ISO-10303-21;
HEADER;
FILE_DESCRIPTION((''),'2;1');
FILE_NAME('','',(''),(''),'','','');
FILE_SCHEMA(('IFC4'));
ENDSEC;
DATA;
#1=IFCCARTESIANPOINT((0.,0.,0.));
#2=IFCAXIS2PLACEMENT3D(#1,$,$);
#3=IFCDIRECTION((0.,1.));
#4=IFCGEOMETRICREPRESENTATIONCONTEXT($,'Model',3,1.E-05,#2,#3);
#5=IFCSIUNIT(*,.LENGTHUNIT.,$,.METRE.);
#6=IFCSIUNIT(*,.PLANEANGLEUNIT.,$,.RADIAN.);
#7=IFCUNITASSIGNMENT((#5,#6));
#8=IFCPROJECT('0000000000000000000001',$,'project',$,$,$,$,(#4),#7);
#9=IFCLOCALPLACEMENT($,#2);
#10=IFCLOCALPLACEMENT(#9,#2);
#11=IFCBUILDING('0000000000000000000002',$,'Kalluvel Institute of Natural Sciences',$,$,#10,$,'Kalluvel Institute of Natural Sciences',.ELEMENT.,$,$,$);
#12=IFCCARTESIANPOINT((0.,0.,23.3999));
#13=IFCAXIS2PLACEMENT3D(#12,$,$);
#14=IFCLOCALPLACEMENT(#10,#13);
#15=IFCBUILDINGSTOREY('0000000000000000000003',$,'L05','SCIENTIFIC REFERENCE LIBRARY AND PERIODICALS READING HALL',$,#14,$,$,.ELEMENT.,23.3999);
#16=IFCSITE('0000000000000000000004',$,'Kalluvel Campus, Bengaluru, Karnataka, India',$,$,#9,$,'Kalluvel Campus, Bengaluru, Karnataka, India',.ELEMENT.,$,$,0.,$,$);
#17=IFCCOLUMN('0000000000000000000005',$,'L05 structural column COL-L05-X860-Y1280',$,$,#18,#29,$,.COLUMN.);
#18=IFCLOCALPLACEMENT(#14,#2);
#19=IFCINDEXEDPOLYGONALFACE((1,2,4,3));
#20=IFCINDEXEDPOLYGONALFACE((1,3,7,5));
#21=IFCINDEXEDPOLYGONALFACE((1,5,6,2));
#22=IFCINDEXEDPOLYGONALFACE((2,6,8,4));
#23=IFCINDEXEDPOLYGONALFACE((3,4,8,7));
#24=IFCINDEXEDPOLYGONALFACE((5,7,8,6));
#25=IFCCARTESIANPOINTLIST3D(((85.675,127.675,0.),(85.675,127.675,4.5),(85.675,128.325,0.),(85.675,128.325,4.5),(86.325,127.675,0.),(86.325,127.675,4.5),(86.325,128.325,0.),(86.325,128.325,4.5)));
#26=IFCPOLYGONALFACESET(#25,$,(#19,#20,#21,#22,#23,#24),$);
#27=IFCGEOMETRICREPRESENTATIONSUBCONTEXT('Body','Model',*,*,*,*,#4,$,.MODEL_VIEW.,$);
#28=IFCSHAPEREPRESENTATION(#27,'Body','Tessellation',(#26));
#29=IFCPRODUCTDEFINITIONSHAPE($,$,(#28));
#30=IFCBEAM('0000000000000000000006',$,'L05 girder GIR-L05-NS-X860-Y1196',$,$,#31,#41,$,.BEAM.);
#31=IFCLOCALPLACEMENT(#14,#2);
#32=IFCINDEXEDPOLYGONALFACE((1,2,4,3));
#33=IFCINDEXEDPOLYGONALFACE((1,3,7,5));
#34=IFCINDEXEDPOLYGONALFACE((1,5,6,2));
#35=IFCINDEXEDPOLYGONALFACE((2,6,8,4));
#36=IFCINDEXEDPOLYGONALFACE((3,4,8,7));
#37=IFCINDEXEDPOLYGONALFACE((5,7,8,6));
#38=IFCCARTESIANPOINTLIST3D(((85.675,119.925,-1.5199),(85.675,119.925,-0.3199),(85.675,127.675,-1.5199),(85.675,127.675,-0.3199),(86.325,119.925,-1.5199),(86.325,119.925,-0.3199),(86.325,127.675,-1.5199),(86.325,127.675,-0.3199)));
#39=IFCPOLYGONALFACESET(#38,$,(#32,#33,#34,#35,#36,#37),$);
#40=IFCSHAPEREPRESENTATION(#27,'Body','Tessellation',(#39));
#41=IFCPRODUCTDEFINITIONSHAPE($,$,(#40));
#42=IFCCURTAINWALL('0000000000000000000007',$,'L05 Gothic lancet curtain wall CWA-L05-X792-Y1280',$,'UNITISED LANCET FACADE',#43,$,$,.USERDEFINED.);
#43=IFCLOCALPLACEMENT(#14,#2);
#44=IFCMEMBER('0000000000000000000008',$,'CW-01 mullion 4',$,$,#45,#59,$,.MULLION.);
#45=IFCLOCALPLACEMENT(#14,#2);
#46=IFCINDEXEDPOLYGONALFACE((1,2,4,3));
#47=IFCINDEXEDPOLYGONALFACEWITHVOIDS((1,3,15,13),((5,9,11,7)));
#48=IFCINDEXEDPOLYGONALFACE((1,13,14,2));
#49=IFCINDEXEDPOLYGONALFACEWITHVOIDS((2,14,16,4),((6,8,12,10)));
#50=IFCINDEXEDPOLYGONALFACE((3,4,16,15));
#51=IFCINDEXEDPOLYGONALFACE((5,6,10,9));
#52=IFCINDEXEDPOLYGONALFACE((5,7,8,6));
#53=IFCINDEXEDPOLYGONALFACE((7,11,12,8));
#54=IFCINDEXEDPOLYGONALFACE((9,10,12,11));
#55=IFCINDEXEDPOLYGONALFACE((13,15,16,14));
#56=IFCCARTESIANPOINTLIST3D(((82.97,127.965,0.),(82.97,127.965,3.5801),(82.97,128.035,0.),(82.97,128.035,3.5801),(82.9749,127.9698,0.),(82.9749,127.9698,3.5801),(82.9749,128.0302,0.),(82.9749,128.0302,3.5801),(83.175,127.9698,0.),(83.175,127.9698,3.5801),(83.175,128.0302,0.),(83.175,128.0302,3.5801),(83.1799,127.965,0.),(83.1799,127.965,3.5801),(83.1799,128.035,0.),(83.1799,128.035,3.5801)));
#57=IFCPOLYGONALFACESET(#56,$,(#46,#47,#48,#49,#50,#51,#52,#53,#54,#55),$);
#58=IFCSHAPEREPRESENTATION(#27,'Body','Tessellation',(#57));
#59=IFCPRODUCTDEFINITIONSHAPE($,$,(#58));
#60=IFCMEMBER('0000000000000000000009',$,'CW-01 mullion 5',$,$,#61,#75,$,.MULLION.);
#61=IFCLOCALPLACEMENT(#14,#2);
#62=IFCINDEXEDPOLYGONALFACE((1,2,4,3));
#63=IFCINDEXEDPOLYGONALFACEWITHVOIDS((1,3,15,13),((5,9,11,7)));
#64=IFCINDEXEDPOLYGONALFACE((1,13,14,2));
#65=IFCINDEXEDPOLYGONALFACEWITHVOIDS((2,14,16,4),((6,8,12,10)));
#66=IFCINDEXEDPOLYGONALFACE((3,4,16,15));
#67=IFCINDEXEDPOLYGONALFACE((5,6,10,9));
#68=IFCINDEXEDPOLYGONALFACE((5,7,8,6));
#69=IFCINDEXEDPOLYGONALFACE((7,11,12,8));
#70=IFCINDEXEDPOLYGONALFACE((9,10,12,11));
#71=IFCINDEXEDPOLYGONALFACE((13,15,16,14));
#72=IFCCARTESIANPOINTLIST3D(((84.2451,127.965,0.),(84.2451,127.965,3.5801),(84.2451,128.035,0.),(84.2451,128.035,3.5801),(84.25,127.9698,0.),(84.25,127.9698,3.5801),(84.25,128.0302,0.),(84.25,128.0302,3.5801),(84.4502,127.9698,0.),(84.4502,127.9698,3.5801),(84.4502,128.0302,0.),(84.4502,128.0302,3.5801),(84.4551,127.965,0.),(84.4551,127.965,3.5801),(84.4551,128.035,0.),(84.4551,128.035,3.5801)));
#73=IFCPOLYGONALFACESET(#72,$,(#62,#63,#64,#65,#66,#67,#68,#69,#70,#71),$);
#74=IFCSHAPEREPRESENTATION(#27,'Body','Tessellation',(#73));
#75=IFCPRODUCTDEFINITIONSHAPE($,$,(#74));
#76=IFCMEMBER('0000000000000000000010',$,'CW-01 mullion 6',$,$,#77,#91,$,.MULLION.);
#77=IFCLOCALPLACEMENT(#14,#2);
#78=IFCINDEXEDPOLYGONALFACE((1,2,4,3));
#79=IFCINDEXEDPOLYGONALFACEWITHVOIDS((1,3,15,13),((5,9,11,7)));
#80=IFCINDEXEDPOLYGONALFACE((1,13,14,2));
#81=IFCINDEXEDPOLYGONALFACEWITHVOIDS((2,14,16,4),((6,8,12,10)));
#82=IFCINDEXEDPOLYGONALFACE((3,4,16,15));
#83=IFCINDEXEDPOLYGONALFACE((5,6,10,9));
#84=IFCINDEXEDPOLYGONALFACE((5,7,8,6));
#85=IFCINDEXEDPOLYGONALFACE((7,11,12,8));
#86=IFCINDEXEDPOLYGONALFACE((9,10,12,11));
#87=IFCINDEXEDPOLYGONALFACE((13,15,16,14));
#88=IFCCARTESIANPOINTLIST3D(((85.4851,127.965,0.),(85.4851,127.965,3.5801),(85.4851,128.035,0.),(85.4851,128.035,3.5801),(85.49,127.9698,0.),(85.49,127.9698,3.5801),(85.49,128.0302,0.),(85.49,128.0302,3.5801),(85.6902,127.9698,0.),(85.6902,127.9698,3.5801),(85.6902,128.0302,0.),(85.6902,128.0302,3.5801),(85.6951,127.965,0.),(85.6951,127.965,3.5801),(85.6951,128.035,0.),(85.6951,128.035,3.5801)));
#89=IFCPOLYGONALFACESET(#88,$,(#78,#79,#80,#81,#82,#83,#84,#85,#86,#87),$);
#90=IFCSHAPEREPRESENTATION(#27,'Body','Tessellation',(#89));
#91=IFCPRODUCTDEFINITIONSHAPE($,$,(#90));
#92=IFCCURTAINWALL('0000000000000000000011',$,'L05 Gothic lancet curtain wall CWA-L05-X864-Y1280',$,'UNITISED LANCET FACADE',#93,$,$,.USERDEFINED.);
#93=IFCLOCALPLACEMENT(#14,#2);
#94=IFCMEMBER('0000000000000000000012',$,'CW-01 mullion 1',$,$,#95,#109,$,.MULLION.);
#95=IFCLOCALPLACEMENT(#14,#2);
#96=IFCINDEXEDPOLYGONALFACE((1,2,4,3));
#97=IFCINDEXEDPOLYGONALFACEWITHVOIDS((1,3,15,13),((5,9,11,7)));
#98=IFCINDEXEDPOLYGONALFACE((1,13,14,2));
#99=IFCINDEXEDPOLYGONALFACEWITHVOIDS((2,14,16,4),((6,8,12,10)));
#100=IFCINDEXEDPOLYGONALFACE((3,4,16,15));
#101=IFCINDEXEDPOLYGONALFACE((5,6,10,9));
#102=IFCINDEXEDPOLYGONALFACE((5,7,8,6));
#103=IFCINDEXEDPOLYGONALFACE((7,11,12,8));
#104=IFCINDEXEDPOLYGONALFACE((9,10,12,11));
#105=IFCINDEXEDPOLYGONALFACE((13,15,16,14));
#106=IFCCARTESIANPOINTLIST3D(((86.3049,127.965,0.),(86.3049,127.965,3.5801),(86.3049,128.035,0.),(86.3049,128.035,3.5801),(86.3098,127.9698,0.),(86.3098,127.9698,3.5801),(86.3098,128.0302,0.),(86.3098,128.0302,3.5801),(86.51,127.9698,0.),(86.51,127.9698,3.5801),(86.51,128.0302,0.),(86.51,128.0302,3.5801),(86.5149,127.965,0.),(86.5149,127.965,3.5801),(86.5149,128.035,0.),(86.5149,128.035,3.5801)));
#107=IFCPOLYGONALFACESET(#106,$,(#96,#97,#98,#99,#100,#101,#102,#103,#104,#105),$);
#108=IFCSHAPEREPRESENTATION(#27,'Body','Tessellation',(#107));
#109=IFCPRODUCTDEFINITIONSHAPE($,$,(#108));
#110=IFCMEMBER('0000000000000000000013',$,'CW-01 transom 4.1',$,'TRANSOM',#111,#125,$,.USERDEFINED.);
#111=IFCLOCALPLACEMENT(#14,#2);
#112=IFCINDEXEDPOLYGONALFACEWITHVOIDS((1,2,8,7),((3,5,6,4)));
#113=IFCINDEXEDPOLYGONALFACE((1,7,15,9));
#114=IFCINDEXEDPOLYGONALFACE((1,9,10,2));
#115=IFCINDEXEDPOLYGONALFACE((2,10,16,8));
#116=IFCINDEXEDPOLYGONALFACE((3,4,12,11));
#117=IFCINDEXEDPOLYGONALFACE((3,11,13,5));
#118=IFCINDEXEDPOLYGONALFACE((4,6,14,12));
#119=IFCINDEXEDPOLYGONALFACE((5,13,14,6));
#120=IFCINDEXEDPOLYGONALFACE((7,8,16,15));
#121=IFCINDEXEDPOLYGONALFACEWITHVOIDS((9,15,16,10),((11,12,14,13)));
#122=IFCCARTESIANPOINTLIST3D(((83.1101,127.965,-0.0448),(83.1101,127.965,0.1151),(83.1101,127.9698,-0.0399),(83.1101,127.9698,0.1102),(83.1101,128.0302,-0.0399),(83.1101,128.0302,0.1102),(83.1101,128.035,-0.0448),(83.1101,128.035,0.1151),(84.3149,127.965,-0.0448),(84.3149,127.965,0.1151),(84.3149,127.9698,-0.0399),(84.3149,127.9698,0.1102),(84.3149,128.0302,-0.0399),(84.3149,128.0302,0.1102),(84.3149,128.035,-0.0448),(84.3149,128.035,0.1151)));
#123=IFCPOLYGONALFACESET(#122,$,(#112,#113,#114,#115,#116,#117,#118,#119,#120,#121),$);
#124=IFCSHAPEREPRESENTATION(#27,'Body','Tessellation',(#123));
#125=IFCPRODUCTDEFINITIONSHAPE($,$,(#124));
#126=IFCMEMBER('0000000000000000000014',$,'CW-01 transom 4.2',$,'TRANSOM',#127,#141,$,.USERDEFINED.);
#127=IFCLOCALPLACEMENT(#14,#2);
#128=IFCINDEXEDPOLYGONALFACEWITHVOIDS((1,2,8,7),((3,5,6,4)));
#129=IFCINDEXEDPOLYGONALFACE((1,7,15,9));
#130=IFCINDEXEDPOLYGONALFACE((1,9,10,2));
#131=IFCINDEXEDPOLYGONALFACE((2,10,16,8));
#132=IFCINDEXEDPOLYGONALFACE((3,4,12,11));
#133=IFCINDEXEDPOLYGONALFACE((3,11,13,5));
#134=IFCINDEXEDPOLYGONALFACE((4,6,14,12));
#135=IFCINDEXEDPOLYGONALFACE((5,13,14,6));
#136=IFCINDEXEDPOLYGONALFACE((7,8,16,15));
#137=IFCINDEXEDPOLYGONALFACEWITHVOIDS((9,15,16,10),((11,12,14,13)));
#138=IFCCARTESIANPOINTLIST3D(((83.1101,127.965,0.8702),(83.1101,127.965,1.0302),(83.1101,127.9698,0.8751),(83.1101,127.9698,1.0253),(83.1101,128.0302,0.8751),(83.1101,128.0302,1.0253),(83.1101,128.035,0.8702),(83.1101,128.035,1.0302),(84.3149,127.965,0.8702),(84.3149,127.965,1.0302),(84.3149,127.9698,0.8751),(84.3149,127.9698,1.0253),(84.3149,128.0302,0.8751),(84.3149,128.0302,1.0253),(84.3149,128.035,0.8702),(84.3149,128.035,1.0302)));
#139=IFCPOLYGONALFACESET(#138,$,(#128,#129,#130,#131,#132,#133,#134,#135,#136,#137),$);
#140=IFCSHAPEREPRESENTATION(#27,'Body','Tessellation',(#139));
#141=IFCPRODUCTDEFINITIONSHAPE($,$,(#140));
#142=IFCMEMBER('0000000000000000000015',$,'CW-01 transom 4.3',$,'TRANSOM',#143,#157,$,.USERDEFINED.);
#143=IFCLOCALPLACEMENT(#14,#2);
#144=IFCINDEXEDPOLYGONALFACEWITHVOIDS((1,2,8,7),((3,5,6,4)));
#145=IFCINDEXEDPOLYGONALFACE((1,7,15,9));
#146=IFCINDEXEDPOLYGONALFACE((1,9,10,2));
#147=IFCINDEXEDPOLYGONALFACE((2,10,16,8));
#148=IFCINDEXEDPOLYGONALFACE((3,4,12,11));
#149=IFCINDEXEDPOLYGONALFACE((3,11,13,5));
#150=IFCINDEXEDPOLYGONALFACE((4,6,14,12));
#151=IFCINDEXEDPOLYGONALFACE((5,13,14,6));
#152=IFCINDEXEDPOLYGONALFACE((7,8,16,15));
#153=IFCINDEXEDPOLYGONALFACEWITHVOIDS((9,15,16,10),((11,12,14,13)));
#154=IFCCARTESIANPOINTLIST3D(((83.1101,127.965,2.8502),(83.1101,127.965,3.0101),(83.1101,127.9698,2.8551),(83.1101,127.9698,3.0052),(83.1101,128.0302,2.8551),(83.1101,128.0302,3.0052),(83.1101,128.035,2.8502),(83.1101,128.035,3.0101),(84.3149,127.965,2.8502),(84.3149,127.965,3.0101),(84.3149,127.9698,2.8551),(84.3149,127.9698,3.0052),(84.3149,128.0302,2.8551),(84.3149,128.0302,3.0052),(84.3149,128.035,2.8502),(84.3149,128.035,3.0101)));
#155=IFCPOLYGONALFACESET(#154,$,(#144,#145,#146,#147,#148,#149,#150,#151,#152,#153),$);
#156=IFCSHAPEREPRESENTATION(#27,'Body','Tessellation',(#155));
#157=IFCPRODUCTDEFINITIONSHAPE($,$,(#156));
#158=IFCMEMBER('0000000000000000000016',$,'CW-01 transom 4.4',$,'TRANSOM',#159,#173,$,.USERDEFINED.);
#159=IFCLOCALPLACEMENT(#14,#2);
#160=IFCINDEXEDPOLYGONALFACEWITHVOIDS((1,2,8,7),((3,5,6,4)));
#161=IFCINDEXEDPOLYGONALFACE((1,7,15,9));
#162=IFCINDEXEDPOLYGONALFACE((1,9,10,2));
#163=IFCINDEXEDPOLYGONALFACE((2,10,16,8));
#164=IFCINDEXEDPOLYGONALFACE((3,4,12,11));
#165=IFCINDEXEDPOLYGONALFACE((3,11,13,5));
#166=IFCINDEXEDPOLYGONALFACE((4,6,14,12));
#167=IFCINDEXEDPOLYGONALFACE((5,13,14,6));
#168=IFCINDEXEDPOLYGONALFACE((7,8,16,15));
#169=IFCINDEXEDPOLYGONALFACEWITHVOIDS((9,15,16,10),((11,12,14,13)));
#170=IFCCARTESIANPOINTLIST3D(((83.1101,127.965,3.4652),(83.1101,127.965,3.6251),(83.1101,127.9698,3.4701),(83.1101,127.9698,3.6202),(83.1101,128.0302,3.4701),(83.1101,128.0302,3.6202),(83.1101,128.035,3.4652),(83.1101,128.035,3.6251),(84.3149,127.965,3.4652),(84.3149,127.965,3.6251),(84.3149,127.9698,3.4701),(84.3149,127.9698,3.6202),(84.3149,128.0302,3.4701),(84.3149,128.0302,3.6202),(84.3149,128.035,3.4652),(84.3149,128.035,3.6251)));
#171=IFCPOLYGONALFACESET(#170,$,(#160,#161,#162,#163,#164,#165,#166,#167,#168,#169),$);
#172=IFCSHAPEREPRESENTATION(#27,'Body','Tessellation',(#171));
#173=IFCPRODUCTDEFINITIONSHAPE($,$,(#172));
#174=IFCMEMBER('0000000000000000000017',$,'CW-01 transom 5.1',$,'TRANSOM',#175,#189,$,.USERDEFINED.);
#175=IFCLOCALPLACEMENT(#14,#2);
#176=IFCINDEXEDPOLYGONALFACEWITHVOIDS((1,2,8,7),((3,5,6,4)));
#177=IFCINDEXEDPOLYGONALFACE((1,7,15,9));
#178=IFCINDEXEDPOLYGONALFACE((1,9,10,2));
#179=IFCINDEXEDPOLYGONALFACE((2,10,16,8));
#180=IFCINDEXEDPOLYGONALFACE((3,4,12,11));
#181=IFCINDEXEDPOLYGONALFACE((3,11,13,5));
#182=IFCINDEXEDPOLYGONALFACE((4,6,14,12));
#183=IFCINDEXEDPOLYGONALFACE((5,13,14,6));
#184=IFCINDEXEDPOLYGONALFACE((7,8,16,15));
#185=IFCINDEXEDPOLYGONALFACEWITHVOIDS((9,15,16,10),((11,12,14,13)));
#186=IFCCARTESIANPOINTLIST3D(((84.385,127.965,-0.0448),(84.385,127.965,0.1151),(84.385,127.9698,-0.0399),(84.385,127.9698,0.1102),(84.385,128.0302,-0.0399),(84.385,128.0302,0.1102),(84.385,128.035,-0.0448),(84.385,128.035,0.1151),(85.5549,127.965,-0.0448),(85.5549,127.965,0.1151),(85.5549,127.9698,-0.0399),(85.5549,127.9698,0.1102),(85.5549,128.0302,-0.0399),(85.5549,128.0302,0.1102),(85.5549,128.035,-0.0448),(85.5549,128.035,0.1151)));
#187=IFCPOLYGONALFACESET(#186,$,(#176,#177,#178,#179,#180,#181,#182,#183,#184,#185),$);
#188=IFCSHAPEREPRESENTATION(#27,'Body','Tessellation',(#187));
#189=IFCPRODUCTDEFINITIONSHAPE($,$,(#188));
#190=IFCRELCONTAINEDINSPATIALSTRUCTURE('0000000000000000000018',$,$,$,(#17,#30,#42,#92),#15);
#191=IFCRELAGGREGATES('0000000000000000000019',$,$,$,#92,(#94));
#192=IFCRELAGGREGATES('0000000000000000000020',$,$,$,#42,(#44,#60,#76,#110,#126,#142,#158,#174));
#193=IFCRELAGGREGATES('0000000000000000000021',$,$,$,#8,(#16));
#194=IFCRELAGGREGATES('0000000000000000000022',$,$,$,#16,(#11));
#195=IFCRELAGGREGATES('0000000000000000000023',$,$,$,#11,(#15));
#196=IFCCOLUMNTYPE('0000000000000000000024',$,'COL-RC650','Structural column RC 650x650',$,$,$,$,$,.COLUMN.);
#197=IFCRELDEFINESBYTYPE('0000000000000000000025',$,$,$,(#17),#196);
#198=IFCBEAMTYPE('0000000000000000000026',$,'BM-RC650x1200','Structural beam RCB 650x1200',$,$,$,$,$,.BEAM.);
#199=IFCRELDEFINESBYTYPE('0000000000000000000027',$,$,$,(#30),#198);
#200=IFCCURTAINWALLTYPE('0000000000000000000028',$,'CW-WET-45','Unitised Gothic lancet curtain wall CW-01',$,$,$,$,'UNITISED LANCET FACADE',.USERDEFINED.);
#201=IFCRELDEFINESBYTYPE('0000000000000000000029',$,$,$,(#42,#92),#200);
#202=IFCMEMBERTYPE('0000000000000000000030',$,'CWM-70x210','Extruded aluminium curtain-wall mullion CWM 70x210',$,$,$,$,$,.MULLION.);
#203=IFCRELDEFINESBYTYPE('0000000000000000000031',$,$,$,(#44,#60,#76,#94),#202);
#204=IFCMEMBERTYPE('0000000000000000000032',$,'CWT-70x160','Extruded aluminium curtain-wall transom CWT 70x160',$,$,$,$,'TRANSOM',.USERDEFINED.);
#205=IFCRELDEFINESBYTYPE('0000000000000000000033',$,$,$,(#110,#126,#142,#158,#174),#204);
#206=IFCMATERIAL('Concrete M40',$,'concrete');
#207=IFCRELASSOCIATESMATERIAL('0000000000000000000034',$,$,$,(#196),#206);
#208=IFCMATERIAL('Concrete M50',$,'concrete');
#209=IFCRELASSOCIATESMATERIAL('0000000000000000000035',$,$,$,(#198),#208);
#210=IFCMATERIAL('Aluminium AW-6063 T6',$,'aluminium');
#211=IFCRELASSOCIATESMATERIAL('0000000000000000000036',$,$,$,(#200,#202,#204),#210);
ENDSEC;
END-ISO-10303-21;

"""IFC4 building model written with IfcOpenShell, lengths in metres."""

from ifc_helpers import new_model, si_unit, direction, frame, origin, origin_2d, place, context, subcontext, project, spatial, rectangle, hollow_rectangle, extrude, material, material_profile, profile_set, type_object, element, aggregate, save


model = new_model("IFC4")

# Units and contexts
model_context = context("Model", 3, precision=1e-05, world=origin(), true_north=direction((0.0, 1.0)))
body_context = subcontext(model_context, "Body", "Model", "MODEL_VIEW")
ifc_project = project(units=[si_unit("LENGTHUNIT", "METRE"), si_unit("PLANEANGLEUNIT", "RADIAN")], contexts=[model_context])

# Site, building, storey
site_placement = place(None, origin())
site = spatial("IfcSite", under=ifc_project, at=site_placement, Name="Kalluvel Campus, Bengaluru, Karnataka, India", LongName="Kalluvel Campus, Bengaluru, Karnataka, India", CompositionType="ELEMENT", RefElevation=0.0)
building_placement = place(site_placement, origin())
building = spatial("IfcBuilding", under=site, at=building_placement, Name="Kalluvel Institute of Natural Sciences", LongName="Kalluvel Institute of Natural Sciences", CompositionType="ELEMENT")
storey_placement = place(building_placement, frame((0.0, 0.0, 23.3999)))
storey = spatial("IfcBuildingStorey", under=building, at=storey_placement, Name="L05", Description="SCIENTIFIC REFERENCE LIBRARY AND PERIODICALS READING HALL", CompositionType="ELEMENT", Elevation=23.3999)

# Column
ifc_material_1 = material(Name="Concrete M40", Category="concrete")
ifc_material_profile_1 = material_profile(ifc_material_1, rectangle(XDim=0.6499, YDim=0.6499, at=origin_2d()), Name="RC 650x650")
ifc_profile_set_1 = profile_set([ifc_material_profile_1], Name="Concrete M40")
column_type = type_object("IfcColumnType", Name="COL-RC650", Description="Structural column RC 650x650", PredefinedType="COLUMN", material=ifc_profile_set_1)
column_placement = place(storey_placement, frame((86.0, 128.0, 0.0), z_axis=(0.0, 0.0, 1.0), x_axis=(1.0, 0.0, 0.0)))
element("IfcColumn", 1, at=column_placement, inside=storey, type_object=column_type, Name="L05 structural column COL-L05-X860-Y1280", PredefinedType="COLUMN", context=body_context, shape_type="SweptSolid", body=[
    extrude(rectangle(XDim=0.6499, YDim=0.6499, at=origin_2d()), origin(), (0.0, 0.0, 1.0), 4.5),
])

# Beam
ifc_material_2 = material(Name="Concrete M50", Category="concrete")
ifc_material_profile_2 = material_profile(ifc_material_2, rectangle(XDim=0.6499, YDim=1.2, at=origin_2d()), Name="RCB 650x1200")
ifc_profile_set_2 = profile_set([ifc_material_profile_2], Name="Concrete M50")
beam_type_1 = type_object("IfcBeamType", Name="BM-RC650x1200", Description="Structural beam RCB 650x1200", PredefinedType="BEAM", material=ifc_profile_set_2)
beam_1_placement = place(storey_placement, frame((86.0, 119.925, -0.9199), z_axis=(0.0, 1.0, 0.0), x_axis=(-1.0, 0.0, 0.0)))
element("IfcBeam", 2, at=beam_1_placement, inside=storey, type_object=beam_type_1, Name="L05 girder GIR-L05-NS-X860-Y1196", PredefinedType="BEAM", context=body_context, shape_type="SweptSolid", body=[
    extrude(rectangle(XDim=0.6499, YDim=1.2, at=origin_2d()), origin(), (0.0, 0.0, 1.0), 7.75),
])

# Curtain wall, members
ifc_material_3 = material(Name="Aluminium AW-6063 T6", Category="aluminium")
curtain_wall_type = type_object("IfcCurtainWallType", Name="CW-WET-45", Description="Unitised Gothic lancet curtain wall CW-01", ElementType="UNITISED LANCET FACADE", PredefinedType="USERDEFINED", material=ifc_material_3)
curtain_wall_1_placement = place(storey_placement, origin())
curtain_wall_1 = element("IfcCurtainWall", 3, at=curtain_wall_1_placement, inside=storey, type_object=curtain_wall_type, Name="L05 Gothic lancet curtain wall CWA-L05-X792-Y1280", ObjectType="UNITISED LANCET FACADE", PredefinedType="USERDEFINED")
ifc_material_profile_3 = material_profile(ifc_material_3, hollow_rectangle(XDim=0.0701, YDim=0.21, WallThickness=0.0049, at=origin_2d()), Name="CWM 70x210")
ifc_profile_set_3 = profile_set([ifc_material_profile_3], Name="Aluminium AW-6063 T6")
member_type_1 = type_object("IfcMemberType", Name="CWM-70x210", Description="Extruded aluminium curtain-wall mullion CWM 70x210", PredefinedType="MULLION", material=ifc_profile_set_3)
member_1_placement = place(storey_placement, frame((83.075, 128.0, 0.0), z_axis=(0.0, 0.0, 1.0), x_axis=(0.0, 1.0, 0.0)))
member_1 = element("IfcMember", 4, at=member_1_placement, type_object=member_type_1, Name="CW-01 mullion 4", PredefinedType="MULLION", context=body_context, shape_type="SweptSolid", body=[
    extrude(hollow_rectangle(XDim=0.0701, YDim=0.21, WallThickness=0.0049, at=origin_2d()), origin(), (0.0, 0.0, 1.0), 3.5801),
])
member_2_placement = place(storey_placement, frame((84.3501, 128.0, 0.0), z_axis=(0.0, 0.0, 1.0), x_axis=(0.0, 1.0, 0.0)))
member_2 = element("IfcMember", 5, at=member_2_placement, type_object=member_type_1, Name="CW-01 mullion 5", PredefinedType="MULLION", context=body_context, shape_type="SweptSolid", body=[
    extrude(hollow_rectangle(XDim=0.0701, YDim=0.21, WallThickness=0.0049, at=origin_2d()), origin(), (0.0, 0.0, 1.0), 3.5801),
])
member_3_placement = place(storey_placement, frame((85.5901, 128.0, 0.0), z_axis=(0.0, 0.0, 1.0), x_axis=(0.0, 1.0, 0.0)))
member_3 = element("IfcMember", 6, at=member_3_placement, type_object=member_type_1, Name="CW-01 mullion 6", PredefinedType="MULLION", context=body_context, shape_type="SweptSolid", body=[
    extrude(hollow_rectangle(XDim=0.0701, YDim=0.21, WallThickness=0.0049, at=origin_2d()), origin(), (0.0, 0.0, 1.0), 3.5801),
])

# Curtain wall, member
curtain_wall_2_placement = place(storey_placement, origin())
curtain_wall_2 = element("IfcCurtainWall", 7, at=curtain_wall_2_placement, inside=storey, type_object=curtain_wall_type, Name="L05 Gothic lancet curtain wall CWA-L05-X864-Y1280", ObjectType="UNITISED LANCET FACADE", PredefinedType="USERDEFINED")
member_4_placement = place(storey_placement, frame((86.4099, 128.0, 0.0), z_axis=(0.0, 0.0, 1.0), x_axis=(0.0, 1.0, 0.0)))
member_4 = element("IfcMember", 8, at=member_4_placement, type_object=member_type_1, Name="CW-01 mullion 1", PredefinedType="MULLION", context=body_context, shape_type="SweptSolid", body=[
    extrude(hollow_rectangle(XDim=0.0701, YDim=0.21, WallThickness=0.0049, at=origin_2d()), origin(), (0.0, 0.0, 1.0), 3.5801),
])

# Members
ifc_material_profile_4 = material_profile(ifc_material_3, hollow_rectangle(XDim=0.0701, YDim=0.1599, WallThickness=0.0049, at=origin_2d()), Name="CWT 70x160")
ifc_profile_set_4 = profile_set([ifc_material_profile_4], Name="Aluminium AW-6063 T6")
member_type_2 = type_object("IfcMemberType", Name="CWT-70x160", Description="Extruded aluminium curtain-wall transom CWT 70x160", ElementType="TRANSOM", PredefinedType="USERDEFINED", material=ifc_profile_set_4)
member_5_placement = place(storey_placement, frame((83.1101, 128.0, 0.0352), z_axis=(1.0, 0.0, 0.0), x_axis=(0.0, 1.0, 0.0)))
member_5 = element("IfcMember", 9, at=member_5_placement, type_object=member_type_2, Name="CW-01 transom 4.1", ObjectType="TRANSOM", PredefinedType="USERDEFINED", context=body_context, shape_type="SweptSolid", body=[
    extrude(hollow_rectangle(XDim=0.0701, YDim=0.1599, WallThickness=0.0049, at=origin_2d()), origin(), (0.0, 0.0, 1.0), 1.2048),
])
member_6_placement = place(storey_placement, frame((83.1101, 128.0, 0.9502), z_axis=(1.0, 0.0, 0.0), x_axis=(0.0, 1.0, 0.0)))
member_6 = element("IfcMember", 10, at=member_6_placement, type_object=member_type_2, Name="CW-01 transom 4.2", ObjectType="TRANSOM", PredefinedType="USERDEFINED", context=body_context, shape_type="SweptSolid", body=[
    extrude(hollow_rectangle(XDim=0.0701, YDim=0.1599, WallThickness=0.0049, at=origin_2d()), origin(), (0.0, 0.0, 1.0), 1.2048),
])
member_7_placement = place(storey_placement, frame((83.1101, 128.0, 2.9302), z_axis=(1.0, 0.0, 0.0), x_axis=(0.0, 1.0, 0.0)))
member_7 = element("IfcMember", 11, at=member_7_placement, type_object=member_type_2, Name="CW-01 transom 4.3", ObjectType="TRANSOM", PredefinedType="USERDEFINED", context=body_context, shape_type="SweptSolid", body=[
    extrude(hollow_rectangle(XDim=0.0701, YDim=0.1599, WallThickness=0.0049, at=origin_2d()), origin(), (0.0, 0.0, 1.0), 1.2048),
])
member_8_placement = place(storey_placement, frame((83.1101, 128.0, 3.5452), z_axis=(1.0, 0.0, 0.0), x_axis=(0.0, 1.0, 0.0)))
member_8 = element("IfcMember", 12, at=member_8_placement, type_object=member_type_2, Name="CW-01 transom 4.4", ObjectType="TRANSOM", PredefinedType="USERDEFINED", context=body_context, shape_type="SweptSolid", body=[
    extrude(hollow_rectangle(XDim=0.0701, YDim=0.1599, WallThickness=0.0049, at=origin_2d()), origin(), (0.0, 0.0, 1.0), 1.2048),
])
member_9_placement = place(storey_placement, frame((84.385, 128.0, 0.0352), z_axis=(1.0, 0.0, 0.0), x_axis=(0.0, 1.0, 0.0)))
member_9 = element("IfcMember", 13, at=member_9_placement, type_object=member_type_2, Name="CW-01 transom 5.1", ObjectType="TRANSOM", PredefinedType="USERDEFINED", context=body_context, shape_type="SweptSolid", body=[
    extrude(hollow_rectangle(XDim=0.0701, YDim=0.1599, WallThickness=0.0049, at=origin_2d()), origin(), (0.0, 0.0, 1.0), 1.1699),
])
aggregate(curtain_wall_2, [member_4])

aggregate(curtain_wall_1, [member_1, member_2, member_3, member_5, member_6, member_7, member_8, member_9])

save(model, "model.ifc")
